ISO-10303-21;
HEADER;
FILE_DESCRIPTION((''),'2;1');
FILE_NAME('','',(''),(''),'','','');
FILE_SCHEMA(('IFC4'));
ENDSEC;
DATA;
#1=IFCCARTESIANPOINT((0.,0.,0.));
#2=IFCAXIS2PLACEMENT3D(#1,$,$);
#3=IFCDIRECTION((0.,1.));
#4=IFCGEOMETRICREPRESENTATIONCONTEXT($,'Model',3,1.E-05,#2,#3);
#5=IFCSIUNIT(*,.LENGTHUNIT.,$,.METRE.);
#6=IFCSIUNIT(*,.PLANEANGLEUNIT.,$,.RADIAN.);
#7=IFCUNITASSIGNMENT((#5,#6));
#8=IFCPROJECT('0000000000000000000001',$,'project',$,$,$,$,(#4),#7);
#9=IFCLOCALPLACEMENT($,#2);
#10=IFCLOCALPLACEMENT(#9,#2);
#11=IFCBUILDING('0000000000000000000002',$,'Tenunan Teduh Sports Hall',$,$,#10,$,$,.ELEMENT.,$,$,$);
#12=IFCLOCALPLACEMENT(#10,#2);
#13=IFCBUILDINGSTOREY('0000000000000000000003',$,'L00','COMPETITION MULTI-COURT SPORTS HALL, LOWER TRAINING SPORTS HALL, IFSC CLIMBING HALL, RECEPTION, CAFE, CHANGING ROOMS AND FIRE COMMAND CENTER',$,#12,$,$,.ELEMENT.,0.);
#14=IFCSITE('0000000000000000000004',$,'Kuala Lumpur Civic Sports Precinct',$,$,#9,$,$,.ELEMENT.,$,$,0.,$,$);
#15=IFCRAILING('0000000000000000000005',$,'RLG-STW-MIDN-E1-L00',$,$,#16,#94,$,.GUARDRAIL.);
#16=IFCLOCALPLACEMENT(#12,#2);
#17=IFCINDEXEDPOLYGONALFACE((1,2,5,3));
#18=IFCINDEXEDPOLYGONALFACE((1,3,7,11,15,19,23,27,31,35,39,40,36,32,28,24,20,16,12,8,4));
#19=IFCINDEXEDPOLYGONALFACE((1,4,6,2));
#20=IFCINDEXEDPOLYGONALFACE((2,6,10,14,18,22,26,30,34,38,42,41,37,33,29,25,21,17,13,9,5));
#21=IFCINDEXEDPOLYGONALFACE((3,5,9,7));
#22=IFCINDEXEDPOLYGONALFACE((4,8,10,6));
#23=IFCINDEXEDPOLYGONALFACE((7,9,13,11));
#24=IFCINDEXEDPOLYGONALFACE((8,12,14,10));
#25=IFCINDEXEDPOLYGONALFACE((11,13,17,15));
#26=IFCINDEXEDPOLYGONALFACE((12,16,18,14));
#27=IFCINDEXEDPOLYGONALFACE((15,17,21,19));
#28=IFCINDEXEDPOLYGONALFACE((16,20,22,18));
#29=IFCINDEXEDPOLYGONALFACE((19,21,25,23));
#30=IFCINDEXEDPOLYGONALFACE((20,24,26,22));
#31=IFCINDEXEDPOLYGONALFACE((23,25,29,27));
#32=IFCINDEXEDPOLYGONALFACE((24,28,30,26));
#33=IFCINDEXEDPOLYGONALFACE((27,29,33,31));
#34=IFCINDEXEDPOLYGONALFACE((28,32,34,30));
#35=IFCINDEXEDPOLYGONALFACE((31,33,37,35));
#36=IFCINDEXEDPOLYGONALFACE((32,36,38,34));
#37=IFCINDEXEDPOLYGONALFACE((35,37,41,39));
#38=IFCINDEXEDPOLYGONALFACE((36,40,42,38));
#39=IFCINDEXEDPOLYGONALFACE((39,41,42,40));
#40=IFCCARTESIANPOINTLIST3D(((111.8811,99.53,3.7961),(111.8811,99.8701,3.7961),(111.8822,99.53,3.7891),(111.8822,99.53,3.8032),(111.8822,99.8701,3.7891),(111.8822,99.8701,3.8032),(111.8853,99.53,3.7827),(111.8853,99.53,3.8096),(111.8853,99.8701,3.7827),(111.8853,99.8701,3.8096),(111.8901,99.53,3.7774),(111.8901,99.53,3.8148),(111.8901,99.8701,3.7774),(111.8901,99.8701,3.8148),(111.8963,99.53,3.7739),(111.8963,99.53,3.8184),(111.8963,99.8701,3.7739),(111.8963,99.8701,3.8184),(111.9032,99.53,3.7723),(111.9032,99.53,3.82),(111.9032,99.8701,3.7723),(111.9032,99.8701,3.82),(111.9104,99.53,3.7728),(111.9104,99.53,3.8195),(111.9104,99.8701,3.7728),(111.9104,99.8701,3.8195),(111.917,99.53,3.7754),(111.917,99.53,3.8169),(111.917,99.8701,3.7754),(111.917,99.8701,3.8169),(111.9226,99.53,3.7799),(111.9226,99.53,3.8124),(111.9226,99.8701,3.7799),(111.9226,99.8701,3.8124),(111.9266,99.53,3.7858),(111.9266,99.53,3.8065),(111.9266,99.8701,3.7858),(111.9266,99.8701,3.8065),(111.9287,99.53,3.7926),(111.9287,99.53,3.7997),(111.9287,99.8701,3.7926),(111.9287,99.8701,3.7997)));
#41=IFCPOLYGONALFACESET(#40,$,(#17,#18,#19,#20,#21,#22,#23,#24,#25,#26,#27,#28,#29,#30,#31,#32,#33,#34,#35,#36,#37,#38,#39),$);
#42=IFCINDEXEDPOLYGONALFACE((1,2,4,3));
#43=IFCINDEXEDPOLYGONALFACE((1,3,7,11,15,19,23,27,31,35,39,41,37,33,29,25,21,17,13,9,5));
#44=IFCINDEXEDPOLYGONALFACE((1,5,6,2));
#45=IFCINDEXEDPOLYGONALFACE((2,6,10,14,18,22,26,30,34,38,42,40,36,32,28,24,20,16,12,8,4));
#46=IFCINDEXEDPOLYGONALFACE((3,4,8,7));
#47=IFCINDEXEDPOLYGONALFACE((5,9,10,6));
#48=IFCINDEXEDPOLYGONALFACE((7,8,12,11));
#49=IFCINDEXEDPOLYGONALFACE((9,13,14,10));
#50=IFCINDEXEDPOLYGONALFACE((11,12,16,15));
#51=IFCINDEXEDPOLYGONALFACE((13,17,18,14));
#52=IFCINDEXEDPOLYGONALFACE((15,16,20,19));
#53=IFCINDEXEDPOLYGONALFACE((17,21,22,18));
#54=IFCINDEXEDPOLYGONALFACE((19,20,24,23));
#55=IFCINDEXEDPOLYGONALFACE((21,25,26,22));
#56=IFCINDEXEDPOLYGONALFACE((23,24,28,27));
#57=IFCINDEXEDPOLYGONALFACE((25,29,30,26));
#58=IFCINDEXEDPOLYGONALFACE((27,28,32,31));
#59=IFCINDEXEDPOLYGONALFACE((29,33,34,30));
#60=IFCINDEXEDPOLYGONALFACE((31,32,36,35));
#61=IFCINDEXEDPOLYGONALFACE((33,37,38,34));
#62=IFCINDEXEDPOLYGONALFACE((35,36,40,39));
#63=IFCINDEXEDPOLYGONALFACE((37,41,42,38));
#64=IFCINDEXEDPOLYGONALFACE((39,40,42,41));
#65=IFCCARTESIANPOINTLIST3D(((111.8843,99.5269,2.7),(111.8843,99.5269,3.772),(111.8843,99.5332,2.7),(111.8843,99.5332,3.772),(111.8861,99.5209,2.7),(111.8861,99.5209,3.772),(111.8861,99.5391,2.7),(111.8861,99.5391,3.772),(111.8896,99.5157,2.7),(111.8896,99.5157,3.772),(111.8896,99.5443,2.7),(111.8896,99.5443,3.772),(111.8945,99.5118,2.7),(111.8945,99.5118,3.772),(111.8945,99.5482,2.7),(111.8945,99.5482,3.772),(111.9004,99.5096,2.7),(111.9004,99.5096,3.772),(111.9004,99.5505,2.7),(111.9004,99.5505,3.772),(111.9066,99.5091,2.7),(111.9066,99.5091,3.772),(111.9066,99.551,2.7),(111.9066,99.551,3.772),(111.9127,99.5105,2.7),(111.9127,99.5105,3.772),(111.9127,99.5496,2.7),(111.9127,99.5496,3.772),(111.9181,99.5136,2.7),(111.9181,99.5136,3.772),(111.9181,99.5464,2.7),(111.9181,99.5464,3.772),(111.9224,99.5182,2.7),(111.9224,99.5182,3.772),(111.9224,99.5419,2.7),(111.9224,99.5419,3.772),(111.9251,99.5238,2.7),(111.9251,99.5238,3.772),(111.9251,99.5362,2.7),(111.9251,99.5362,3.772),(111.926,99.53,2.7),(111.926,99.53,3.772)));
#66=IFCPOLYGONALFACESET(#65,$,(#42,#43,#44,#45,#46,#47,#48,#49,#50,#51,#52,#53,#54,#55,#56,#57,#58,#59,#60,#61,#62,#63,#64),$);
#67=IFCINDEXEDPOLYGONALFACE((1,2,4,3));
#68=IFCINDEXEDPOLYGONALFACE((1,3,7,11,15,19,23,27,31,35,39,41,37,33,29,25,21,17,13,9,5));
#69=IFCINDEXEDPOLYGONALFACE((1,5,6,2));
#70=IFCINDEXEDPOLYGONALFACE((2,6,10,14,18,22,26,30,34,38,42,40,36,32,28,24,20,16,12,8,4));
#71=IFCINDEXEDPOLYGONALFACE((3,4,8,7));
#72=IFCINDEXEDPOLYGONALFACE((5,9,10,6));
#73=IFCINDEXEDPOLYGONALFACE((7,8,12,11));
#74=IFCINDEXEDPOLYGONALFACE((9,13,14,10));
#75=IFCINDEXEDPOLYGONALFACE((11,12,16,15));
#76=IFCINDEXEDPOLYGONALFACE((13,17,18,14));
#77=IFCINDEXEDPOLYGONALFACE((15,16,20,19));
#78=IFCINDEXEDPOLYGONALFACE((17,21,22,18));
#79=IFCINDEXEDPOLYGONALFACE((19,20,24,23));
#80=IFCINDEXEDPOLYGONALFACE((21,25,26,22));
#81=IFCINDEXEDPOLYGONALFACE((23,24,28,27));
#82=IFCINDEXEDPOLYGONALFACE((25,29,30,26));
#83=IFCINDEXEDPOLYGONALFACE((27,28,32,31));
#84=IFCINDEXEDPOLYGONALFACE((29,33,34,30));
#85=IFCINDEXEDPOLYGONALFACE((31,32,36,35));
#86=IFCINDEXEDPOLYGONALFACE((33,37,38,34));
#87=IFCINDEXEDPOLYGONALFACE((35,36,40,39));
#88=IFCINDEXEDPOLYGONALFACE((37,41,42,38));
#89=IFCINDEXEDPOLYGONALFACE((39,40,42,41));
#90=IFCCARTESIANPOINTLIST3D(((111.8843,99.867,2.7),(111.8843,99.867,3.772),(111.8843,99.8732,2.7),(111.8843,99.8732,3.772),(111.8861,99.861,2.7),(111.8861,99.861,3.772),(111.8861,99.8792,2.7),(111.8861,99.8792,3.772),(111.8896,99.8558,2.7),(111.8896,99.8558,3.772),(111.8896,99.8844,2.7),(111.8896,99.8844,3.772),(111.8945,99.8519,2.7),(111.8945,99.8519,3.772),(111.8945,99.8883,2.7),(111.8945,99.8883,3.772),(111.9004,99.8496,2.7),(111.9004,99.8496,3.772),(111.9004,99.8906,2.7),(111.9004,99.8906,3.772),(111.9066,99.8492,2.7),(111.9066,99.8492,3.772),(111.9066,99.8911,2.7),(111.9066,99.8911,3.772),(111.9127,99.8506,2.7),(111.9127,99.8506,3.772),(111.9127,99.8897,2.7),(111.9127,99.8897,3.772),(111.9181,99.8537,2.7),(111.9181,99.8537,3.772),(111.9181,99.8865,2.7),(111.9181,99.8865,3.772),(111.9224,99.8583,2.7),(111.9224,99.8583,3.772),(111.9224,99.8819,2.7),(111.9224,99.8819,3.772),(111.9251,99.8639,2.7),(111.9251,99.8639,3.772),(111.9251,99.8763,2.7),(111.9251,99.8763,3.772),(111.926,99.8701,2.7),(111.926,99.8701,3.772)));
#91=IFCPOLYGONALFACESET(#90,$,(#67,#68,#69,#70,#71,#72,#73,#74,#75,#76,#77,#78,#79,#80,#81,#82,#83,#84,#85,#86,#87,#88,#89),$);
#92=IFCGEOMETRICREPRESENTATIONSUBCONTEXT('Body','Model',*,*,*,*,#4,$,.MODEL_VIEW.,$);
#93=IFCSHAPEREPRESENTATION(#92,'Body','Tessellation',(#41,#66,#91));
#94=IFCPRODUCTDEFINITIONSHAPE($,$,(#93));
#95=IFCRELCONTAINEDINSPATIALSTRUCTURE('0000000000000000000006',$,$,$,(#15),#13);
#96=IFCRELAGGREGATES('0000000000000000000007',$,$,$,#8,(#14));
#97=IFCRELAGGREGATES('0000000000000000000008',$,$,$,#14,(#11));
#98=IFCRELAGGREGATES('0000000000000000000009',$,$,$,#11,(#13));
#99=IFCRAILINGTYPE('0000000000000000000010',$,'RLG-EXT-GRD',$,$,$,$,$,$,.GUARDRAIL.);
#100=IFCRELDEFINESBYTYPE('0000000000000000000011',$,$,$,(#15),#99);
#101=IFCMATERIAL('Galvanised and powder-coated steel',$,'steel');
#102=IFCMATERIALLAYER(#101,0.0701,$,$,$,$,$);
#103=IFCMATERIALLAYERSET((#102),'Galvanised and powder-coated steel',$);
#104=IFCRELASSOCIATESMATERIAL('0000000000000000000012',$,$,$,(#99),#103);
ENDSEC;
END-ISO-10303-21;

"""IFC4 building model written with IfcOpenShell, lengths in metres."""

from ifc_helpers import new_model, si_unit, direction, frame, origin, origin_2d, place, context, subcontext, project, spatial, circle, extrude, material, layer, layer_set, type_object, element, save


model = new_model("IFC4")

# Units and contexts
model_context = context("Model", 3, precision=1e-05, world=origin(), true_north=direction((0.0, 1.0)))
body_context = subcontext(model_context, "Body", "Model", "MODEL_VIEW")
ifc_project = project(units=[si_unit("LENGTHUNIT", "METRE"), si_unit("PLANEANGLEUNIT", "RADIAN")], contexts=[model_context])

# Site, building, storey
site_placement = place(None, origin())
site = spatial("IfcSite", under=ifc_project, at=site_placement, Name="Kuala Lumpur Civic Sports Precinct", CompositionType="ELEMENT", RefElevation=0.0)
building_placement = place(site_placement, origin())
building = spatial("IfcBuilding", under=site, at=building_placement, Name="Tenunan Teduh Sports Hall", CompositionType="ELEMENT")
storey_placement = place(building_placement, origin())
storey = spatial("IfcBuildingStorey", under=building, at=storey_placement, Name="L00", Description="COMPETITION MULTI-COURT SPORTS HALL, LOWER TRAINING SPORTS HALL, IFSC CLIMBING HALL, RECEPTION, CAFE, CHANGING ROOMS AND FIRE COMMAND CENTER", CompositionType="ELEMENT", Elevation=0.0)

# Railing
ifc_material_1 = material(Name="Galvanised and powder-coated steel", Category="steel")
ifc_layer_1 = layer(ifc_material_1, 0.0701)
ifc_layer_set_1 = layer_set([ifc_layer_1], Name="Galvanised and powder-coated steel")
railing_type_1 = type_object("IfcRailingType", Name="RLG-EXT-GRD", PredefinedType="GUARDRAIL", material=ifc_layer_set_1)
railing_1_placement = place(storey_placement, frame((111.905, 99.53, 2.7)))
element("IfcRailing", 1, at=railing_1_placement, inside=storey, type_object=railing_type_1, Name="RLG-STW-MIDN-E1-L00", PredefinedType="GUARDRAIL", context=body_context, shape_type="SweptSolid", body=[
    extrude(circle(Radius=0.0239, at=origin_2d()), frame((0.0, 0.0, 1.0962), z_axis=(0.0, 1.0, 0.0), x_axis=(-1.0, 0.0, 0.0)), (0.0, 0.0, 1.0), 0.3401),
    extrude(circle(Radius=0.021, at=origin_2d()), origin(), (0.0, 0.0, 1.0), 1.072),
    extrude(circle(Radius=0.021, at=origin_2d()), frame((0.0, 0.3401, 0.0)), (0.0, 0.0, 1.0), 1.072),
])

save(model, "model.ifc")
